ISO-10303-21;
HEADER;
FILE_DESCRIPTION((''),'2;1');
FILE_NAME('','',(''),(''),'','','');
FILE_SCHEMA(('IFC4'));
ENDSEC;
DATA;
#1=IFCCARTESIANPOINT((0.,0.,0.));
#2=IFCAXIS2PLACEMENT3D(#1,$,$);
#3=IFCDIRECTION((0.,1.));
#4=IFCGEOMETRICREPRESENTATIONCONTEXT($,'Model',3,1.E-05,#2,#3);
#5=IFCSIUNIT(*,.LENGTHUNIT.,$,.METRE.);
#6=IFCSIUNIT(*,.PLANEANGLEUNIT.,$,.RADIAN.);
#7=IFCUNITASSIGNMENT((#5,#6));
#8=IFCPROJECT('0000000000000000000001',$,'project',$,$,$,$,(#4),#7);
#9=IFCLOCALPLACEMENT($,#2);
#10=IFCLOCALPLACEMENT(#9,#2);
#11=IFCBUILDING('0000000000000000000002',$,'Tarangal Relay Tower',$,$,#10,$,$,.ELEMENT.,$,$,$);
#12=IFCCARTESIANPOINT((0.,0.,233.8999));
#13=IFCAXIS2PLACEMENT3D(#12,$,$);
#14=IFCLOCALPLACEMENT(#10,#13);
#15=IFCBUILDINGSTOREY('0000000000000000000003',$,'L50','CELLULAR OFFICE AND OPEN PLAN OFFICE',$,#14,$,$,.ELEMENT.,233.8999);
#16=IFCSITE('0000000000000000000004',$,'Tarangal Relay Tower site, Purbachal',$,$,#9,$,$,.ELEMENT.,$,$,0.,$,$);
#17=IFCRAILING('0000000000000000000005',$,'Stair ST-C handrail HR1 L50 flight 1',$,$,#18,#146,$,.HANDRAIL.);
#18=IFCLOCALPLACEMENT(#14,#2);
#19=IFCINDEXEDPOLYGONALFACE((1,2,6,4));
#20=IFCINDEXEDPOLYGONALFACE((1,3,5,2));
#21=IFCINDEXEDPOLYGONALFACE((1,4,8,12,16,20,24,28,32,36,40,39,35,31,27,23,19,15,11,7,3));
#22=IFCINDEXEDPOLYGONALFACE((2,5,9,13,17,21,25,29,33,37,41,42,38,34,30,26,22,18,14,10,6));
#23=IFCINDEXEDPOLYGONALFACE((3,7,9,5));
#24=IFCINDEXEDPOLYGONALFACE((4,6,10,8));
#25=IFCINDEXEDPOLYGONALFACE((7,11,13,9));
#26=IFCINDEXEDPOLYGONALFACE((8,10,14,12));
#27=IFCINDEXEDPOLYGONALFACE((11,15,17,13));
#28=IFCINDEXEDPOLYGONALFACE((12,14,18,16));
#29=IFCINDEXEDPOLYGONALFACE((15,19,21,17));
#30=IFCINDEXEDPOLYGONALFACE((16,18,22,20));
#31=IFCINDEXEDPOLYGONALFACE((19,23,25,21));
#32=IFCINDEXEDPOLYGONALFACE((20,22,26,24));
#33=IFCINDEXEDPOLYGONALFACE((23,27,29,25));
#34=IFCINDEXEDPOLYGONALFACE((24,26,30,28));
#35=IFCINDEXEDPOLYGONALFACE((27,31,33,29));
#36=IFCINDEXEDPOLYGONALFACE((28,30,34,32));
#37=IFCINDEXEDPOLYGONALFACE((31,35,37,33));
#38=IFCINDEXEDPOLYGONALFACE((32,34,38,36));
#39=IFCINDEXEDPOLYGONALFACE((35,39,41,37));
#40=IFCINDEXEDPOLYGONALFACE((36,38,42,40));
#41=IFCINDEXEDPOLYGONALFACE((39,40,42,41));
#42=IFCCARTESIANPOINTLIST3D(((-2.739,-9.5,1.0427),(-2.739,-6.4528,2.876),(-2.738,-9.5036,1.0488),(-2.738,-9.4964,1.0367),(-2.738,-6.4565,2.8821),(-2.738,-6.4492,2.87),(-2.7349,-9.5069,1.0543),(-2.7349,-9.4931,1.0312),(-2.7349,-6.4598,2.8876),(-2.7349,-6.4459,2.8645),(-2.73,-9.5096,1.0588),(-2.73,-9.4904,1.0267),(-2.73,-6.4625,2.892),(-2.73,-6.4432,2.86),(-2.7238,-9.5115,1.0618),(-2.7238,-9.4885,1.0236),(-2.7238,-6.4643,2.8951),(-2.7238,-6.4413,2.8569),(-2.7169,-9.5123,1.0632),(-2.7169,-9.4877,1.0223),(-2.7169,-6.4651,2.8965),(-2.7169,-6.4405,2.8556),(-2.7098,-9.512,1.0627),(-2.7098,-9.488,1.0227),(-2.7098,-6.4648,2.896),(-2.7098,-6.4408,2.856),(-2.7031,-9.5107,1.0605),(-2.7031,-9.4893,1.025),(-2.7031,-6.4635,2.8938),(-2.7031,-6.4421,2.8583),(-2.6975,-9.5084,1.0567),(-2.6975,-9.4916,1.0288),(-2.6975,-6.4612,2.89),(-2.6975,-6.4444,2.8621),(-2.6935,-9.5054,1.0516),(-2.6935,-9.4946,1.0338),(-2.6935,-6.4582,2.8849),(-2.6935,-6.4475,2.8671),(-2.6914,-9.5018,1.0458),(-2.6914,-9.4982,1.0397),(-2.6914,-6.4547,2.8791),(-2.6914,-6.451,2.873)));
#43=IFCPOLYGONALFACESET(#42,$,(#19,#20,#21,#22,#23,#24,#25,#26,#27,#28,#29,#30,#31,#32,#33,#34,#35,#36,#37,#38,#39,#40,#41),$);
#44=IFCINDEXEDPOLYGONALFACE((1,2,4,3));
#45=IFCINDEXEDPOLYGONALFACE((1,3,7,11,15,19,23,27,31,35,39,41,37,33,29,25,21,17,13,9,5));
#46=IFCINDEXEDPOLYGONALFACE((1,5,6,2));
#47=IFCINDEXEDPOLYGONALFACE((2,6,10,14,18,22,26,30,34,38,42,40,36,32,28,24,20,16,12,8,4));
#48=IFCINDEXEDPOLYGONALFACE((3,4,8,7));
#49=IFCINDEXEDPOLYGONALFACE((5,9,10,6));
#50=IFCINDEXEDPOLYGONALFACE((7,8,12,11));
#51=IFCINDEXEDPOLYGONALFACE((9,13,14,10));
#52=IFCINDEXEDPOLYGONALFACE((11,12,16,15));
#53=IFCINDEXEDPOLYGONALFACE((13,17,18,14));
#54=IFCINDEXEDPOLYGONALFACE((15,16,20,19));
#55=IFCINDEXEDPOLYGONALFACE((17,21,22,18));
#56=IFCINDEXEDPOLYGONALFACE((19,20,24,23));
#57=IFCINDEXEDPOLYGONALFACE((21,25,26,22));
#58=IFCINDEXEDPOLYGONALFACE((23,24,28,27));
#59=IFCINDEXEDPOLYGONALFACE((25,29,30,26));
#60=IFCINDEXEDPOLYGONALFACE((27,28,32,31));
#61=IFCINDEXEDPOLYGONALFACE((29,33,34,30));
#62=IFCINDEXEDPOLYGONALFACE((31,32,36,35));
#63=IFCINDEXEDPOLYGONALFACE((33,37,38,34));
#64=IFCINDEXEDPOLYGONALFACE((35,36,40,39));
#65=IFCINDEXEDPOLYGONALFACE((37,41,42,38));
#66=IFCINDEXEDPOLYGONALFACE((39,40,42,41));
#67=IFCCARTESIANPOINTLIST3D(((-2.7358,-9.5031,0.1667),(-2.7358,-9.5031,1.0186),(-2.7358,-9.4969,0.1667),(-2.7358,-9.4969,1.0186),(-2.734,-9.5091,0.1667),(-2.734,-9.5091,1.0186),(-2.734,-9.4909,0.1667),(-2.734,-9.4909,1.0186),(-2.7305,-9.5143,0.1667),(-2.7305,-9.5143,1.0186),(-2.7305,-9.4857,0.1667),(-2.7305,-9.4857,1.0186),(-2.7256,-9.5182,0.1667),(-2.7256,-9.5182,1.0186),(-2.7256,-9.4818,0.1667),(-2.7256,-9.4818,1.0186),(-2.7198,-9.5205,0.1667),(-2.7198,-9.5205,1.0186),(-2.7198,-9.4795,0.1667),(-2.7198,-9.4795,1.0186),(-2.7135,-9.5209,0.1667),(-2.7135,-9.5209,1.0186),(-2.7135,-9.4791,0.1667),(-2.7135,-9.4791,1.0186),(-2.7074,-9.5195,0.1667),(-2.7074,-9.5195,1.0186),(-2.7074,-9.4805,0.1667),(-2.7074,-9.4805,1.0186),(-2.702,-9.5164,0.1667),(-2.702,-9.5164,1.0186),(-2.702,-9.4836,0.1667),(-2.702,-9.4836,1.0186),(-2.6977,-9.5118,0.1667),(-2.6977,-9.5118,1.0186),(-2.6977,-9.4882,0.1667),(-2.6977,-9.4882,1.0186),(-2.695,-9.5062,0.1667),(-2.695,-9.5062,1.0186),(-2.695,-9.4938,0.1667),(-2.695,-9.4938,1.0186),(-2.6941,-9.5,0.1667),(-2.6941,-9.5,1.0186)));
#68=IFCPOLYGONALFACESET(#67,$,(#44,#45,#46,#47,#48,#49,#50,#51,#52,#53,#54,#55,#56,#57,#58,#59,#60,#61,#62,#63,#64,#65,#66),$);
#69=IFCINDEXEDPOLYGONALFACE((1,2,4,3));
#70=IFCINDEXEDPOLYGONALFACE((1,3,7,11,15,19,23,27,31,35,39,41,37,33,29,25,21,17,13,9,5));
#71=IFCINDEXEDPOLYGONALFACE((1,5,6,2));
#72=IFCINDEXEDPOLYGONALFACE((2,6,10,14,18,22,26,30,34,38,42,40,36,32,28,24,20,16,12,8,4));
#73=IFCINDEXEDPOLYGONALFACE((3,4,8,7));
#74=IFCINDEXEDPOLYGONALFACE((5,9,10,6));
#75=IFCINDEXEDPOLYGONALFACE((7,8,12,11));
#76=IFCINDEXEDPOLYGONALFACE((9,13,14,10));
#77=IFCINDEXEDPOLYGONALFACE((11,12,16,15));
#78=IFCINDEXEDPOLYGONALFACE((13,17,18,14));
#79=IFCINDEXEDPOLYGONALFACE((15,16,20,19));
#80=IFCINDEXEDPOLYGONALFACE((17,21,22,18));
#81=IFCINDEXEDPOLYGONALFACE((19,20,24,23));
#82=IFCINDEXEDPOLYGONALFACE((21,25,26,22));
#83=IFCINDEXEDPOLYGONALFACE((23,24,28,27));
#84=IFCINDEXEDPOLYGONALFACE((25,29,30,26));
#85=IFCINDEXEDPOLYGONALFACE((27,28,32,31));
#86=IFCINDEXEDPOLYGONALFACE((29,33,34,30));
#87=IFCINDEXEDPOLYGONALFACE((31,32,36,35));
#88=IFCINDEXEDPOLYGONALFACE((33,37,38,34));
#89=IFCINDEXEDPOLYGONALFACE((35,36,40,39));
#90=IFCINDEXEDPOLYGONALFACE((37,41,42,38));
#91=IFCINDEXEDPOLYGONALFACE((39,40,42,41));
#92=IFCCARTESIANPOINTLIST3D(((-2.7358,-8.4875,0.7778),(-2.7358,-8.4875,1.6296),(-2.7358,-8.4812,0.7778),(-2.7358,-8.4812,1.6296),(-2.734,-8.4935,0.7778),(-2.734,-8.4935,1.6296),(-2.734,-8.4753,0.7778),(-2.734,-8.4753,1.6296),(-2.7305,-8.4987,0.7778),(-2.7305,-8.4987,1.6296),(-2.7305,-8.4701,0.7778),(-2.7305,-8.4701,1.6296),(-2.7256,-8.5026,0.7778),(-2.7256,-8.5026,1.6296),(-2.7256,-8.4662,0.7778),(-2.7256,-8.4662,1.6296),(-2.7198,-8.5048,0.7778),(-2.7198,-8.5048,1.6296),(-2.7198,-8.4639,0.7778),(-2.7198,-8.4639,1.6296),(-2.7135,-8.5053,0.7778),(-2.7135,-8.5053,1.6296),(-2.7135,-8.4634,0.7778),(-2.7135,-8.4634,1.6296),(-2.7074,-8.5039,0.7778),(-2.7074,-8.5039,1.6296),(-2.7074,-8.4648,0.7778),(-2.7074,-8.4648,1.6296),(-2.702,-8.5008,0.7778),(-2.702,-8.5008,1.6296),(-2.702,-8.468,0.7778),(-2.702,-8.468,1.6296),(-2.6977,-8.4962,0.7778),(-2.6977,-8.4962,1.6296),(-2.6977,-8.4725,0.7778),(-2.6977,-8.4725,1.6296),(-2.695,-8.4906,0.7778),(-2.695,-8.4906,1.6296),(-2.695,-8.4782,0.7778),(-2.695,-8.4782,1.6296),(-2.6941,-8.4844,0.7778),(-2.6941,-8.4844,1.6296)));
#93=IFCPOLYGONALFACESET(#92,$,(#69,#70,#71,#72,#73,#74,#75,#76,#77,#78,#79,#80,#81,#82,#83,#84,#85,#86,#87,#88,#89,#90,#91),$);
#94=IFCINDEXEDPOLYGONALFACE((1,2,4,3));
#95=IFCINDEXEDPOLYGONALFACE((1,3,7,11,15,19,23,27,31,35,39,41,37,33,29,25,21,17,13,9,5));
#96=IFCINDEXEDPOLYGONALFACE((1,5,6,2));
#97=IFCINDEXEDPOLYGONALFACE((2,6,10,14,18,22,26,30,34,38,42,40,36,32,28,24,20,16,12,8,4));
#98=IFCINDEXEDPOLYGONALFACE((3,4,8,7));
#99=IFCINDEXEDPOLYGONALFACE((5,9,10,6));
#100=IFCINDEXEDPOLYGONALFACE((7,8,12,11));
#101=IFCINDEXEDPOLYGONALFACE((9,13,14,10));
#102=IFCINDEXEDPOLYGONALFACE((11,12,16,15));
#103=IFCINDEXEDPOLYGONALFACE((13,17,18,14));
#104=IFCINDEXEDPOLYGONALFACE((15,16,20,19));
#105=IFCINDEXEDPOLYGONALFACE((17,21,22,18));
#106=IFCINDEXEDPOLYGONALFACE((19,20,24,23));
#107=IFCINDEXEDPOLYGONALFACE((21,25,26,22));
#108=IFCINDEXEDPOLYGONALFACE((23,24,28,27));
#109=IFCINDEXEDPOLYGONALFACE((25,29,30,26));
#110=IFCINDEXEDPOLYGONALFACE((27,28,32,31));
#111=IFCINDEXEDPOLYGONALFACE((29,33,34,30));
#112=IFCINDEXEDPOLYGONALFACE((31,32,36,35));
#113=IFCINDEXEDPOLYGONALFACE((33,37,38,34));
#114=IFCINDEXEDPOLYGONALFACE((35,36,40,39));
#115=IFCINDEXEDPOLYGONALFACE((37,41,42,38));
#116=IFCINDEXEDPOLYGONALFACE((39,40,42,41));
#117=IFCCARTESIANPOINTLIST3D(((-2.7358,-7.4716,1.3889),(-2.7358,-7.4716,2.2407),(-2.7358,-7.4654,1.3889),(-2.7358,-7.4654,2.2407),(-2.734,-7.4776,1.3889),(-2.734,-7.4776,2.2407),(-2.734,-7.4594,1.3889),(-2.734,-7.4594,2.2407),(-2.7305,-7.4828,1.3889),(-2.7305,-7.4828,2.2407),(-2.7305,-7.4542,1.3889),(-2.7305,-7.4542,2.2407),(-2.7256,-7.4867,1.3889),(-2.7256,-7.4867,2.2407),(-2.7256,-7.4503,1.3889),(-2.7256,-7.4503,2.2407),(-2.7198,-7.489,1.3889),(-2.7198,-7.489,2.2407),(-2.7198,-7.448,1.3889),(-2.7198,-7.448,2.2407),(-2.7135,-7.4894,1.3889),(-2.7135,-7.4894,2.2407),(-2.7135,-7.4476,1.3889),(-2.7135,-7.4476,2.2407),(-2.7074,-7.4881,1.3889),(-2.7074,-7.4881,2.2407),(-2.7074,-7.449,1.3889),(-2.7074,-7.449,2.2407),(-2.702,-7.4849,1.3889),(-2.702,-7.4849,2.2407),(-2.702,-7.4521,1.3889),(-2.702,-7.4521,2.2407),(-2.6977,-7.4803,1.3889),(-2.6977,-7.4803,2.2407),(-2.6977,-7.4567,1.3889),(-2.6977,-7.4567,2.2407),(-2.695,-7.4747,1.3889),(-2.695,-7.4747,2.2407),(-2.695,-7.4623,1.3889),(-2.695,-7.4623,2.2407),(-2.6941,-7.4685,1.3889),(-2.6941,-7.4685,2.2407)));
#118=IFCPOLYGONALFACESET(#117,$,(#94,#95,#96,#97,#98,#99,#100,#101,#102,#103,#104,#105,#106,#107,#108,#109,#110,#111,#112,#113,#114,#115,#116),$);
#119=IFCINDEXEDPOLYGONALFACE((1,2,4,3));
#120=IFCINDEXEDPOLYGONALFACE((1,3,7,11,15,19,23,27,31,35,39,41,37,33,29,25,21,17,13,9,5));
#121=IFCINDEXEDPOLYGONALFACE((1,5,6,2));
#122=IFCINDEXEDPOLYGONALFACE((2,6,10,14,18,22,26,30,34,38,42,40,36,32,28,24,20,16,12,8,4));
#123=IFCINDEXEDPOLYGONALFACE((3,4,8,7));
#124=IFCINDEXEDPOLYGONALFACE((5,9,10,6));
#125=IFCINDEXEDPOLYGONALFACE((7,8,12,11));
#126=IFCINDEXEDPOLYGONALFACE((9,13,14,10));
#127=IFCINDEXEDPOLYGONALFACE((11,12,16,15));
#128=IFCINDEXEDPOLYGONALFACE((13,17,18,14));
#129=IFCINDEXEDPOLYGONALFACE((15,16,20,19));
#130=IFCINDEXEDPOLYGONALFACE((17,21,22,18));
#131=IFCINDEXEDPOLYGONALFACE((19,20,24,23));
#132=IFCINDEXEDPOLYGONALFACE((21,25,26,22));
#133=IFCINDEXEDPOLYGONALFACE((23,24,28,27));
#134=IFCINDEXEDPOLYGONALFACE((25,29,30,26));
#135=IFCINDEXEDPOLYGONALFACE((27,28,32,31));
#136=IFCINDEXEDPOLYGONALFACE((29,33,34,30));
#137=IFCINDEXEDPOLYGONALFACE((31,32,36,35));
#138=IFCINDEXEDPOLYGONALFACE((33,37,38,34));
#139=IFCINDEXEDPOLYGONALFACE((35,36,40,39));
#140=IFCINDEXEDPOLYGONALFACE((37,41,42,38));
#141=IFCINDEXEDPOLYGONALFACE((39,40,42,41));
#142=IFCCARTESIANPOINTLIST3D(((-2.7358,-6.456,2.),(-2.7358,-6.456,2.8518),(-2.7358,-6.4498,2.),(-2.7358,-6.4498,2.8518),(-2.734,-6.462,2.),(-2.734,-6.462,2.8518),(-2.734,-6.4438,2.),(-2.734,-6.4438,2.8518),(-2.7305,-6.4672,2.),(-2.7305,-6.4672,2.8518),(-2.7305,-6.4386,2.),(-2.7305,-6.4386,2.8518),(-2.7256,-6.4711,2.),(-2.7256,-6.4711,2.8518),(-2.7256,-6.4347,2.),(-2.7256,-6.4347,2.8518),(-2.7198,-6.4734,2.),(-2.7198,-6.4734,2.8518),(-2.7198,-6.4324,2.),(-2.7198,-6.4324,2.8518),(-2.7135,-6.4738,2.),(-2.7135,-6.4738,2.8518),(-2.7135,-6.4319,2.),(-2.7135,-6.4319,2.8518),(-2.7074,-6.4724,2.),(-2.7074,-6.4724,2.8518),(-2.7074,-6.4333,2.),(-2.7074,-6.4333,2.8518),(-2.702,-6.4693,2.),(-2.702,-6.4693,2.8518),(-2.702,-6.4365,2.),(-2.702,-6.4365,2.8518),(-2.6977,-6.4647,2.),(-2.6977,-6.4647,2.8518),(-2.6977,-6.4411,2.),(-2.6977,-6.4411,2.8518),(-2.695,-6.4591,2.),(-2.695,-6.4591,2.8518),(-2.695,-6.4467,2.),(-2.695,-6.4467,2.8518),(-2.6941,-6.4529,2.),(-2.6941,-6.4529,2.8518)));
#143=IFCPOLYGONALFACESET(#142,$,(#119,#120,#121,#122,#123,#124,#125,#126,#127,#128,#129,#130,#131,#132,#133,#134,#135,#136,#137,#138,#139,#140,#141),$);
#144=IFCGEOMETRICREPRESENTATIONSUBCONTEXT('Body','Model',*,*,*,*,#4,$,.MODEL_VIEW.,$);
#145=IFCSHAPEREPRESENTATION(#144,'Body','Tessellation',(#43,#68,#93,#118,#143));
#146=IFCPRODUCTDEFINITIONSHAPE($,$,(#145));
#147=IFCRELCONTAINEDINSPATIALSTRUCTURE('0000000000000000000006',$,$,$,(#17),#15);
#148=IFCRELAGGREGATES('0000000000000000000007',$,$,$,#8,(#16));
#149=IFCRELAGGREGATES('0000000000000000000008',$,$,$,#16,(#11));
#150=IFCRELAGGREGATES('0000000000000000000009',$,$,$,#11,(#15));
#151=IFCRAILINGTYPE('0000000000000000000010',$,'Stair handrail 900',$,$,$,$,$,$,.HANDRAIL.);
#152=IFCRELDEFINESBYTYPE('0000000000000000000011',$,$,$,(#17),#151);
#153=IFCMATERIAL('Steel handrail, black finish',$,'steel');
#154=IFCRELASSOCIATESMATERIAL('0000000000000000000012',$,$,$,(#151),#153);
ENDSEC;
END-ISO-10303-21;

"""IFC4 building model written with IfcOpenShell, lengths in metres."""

from ifc_helpers import new_model, si_unit, direction, frame, origin, origin_2d, place, context, subcontext, project, spatial, circle, extrude, material, type_object, element, save


model = new_model("IFC4")

# Units and contexts
model_context = context("Model", 3, precision=1e-05, world=origin(), true_north=direction((0.0, 1.0)))
body_context = subcontext(model_context, "Body", "Model", "MODEL_VIEW")
ifc_project = project(units=[si_unit("LENGTHUNIT", "METRE"), si_unit("PLANEANGLEUNIT", "RADIAN")], contexts=[model_context])

# Site, building, storey
site_placement = place(None, origin())
site = spatial("IfcSite", under=ifc_project, at=site_placement, Name="Tarangal Relay Tower site, Purbachal", CompositionType="ELEMENT", RefElevation=0.0)
building_placement = place(site_placement, origin())
building = spatial("IfcBuilding", under=site, at=building_placement, Name="Tarangal Relay Tower", CompositionType="ELEMENT")
storey_placement = place(building_placement, frame((0.0, 0.0, 233.8999)))
storey = spatial("IfcBuildingStorey", under=building, at=storey_placement, Name="L50", Description="CELLULAR OFFICE AND OPEN PLAN OFFICE", CompositionType="ELEMENT", Elevation=233.8999)

# Railing
ifc_material_1 = material(Name="Steel handrail, black finish", Category="steel")
railing_type_1 = type_object("IfcRailingType", Name="Stair handrail 900", PredefinedType="HANDRAIL", material=ifc_material_1)
railing_1_placement = place(storey_placement, frame((-2.7151, -9.5, 0.1667)))
element("IfcRailing", 1, at=railing_1_placement, inside=storey, type_object=railing_type_1, Name="Stair ST-C handrail HR1 L50 flight 1", PredefinedType="HANDRAIL", context=body_context, shape_type="SweptSolid", body=[
    extrude(circle(Radius=0.0239, at=origin_2d()), frame((0.0, 0.0, 0.876), z_axis=(0.0, 0.856874, 0.515525), x_axis=(-1.0, 0.0, 0.0)), (0.0, 0.0, 1.0), 3.5562),
    extrude(circle(Radius=0.021, at=origin_2d()), origin(), (0.0, 0.0, 1.0), 0.8518),
    extrude(circle(Radius=0.021, at=origin_2d()), frame((0.0, 1.0156, 0.6111)), (0.0, 0.0, 1.0), 0.8518),
    extrude(circle(Radius=0.021, at=origin_2d()), frame((0.0, 2.0315, 1.2222)), (0.0, 0.0, 1.0), 0.8518),
    extrude(circle(Radius=0.021, at=origin_2d()), frame((0.0, 3.0471, 1.8333)), (0.0, 0.0, 1.0), 0.8518),
])

save(model, "model.ifc")
